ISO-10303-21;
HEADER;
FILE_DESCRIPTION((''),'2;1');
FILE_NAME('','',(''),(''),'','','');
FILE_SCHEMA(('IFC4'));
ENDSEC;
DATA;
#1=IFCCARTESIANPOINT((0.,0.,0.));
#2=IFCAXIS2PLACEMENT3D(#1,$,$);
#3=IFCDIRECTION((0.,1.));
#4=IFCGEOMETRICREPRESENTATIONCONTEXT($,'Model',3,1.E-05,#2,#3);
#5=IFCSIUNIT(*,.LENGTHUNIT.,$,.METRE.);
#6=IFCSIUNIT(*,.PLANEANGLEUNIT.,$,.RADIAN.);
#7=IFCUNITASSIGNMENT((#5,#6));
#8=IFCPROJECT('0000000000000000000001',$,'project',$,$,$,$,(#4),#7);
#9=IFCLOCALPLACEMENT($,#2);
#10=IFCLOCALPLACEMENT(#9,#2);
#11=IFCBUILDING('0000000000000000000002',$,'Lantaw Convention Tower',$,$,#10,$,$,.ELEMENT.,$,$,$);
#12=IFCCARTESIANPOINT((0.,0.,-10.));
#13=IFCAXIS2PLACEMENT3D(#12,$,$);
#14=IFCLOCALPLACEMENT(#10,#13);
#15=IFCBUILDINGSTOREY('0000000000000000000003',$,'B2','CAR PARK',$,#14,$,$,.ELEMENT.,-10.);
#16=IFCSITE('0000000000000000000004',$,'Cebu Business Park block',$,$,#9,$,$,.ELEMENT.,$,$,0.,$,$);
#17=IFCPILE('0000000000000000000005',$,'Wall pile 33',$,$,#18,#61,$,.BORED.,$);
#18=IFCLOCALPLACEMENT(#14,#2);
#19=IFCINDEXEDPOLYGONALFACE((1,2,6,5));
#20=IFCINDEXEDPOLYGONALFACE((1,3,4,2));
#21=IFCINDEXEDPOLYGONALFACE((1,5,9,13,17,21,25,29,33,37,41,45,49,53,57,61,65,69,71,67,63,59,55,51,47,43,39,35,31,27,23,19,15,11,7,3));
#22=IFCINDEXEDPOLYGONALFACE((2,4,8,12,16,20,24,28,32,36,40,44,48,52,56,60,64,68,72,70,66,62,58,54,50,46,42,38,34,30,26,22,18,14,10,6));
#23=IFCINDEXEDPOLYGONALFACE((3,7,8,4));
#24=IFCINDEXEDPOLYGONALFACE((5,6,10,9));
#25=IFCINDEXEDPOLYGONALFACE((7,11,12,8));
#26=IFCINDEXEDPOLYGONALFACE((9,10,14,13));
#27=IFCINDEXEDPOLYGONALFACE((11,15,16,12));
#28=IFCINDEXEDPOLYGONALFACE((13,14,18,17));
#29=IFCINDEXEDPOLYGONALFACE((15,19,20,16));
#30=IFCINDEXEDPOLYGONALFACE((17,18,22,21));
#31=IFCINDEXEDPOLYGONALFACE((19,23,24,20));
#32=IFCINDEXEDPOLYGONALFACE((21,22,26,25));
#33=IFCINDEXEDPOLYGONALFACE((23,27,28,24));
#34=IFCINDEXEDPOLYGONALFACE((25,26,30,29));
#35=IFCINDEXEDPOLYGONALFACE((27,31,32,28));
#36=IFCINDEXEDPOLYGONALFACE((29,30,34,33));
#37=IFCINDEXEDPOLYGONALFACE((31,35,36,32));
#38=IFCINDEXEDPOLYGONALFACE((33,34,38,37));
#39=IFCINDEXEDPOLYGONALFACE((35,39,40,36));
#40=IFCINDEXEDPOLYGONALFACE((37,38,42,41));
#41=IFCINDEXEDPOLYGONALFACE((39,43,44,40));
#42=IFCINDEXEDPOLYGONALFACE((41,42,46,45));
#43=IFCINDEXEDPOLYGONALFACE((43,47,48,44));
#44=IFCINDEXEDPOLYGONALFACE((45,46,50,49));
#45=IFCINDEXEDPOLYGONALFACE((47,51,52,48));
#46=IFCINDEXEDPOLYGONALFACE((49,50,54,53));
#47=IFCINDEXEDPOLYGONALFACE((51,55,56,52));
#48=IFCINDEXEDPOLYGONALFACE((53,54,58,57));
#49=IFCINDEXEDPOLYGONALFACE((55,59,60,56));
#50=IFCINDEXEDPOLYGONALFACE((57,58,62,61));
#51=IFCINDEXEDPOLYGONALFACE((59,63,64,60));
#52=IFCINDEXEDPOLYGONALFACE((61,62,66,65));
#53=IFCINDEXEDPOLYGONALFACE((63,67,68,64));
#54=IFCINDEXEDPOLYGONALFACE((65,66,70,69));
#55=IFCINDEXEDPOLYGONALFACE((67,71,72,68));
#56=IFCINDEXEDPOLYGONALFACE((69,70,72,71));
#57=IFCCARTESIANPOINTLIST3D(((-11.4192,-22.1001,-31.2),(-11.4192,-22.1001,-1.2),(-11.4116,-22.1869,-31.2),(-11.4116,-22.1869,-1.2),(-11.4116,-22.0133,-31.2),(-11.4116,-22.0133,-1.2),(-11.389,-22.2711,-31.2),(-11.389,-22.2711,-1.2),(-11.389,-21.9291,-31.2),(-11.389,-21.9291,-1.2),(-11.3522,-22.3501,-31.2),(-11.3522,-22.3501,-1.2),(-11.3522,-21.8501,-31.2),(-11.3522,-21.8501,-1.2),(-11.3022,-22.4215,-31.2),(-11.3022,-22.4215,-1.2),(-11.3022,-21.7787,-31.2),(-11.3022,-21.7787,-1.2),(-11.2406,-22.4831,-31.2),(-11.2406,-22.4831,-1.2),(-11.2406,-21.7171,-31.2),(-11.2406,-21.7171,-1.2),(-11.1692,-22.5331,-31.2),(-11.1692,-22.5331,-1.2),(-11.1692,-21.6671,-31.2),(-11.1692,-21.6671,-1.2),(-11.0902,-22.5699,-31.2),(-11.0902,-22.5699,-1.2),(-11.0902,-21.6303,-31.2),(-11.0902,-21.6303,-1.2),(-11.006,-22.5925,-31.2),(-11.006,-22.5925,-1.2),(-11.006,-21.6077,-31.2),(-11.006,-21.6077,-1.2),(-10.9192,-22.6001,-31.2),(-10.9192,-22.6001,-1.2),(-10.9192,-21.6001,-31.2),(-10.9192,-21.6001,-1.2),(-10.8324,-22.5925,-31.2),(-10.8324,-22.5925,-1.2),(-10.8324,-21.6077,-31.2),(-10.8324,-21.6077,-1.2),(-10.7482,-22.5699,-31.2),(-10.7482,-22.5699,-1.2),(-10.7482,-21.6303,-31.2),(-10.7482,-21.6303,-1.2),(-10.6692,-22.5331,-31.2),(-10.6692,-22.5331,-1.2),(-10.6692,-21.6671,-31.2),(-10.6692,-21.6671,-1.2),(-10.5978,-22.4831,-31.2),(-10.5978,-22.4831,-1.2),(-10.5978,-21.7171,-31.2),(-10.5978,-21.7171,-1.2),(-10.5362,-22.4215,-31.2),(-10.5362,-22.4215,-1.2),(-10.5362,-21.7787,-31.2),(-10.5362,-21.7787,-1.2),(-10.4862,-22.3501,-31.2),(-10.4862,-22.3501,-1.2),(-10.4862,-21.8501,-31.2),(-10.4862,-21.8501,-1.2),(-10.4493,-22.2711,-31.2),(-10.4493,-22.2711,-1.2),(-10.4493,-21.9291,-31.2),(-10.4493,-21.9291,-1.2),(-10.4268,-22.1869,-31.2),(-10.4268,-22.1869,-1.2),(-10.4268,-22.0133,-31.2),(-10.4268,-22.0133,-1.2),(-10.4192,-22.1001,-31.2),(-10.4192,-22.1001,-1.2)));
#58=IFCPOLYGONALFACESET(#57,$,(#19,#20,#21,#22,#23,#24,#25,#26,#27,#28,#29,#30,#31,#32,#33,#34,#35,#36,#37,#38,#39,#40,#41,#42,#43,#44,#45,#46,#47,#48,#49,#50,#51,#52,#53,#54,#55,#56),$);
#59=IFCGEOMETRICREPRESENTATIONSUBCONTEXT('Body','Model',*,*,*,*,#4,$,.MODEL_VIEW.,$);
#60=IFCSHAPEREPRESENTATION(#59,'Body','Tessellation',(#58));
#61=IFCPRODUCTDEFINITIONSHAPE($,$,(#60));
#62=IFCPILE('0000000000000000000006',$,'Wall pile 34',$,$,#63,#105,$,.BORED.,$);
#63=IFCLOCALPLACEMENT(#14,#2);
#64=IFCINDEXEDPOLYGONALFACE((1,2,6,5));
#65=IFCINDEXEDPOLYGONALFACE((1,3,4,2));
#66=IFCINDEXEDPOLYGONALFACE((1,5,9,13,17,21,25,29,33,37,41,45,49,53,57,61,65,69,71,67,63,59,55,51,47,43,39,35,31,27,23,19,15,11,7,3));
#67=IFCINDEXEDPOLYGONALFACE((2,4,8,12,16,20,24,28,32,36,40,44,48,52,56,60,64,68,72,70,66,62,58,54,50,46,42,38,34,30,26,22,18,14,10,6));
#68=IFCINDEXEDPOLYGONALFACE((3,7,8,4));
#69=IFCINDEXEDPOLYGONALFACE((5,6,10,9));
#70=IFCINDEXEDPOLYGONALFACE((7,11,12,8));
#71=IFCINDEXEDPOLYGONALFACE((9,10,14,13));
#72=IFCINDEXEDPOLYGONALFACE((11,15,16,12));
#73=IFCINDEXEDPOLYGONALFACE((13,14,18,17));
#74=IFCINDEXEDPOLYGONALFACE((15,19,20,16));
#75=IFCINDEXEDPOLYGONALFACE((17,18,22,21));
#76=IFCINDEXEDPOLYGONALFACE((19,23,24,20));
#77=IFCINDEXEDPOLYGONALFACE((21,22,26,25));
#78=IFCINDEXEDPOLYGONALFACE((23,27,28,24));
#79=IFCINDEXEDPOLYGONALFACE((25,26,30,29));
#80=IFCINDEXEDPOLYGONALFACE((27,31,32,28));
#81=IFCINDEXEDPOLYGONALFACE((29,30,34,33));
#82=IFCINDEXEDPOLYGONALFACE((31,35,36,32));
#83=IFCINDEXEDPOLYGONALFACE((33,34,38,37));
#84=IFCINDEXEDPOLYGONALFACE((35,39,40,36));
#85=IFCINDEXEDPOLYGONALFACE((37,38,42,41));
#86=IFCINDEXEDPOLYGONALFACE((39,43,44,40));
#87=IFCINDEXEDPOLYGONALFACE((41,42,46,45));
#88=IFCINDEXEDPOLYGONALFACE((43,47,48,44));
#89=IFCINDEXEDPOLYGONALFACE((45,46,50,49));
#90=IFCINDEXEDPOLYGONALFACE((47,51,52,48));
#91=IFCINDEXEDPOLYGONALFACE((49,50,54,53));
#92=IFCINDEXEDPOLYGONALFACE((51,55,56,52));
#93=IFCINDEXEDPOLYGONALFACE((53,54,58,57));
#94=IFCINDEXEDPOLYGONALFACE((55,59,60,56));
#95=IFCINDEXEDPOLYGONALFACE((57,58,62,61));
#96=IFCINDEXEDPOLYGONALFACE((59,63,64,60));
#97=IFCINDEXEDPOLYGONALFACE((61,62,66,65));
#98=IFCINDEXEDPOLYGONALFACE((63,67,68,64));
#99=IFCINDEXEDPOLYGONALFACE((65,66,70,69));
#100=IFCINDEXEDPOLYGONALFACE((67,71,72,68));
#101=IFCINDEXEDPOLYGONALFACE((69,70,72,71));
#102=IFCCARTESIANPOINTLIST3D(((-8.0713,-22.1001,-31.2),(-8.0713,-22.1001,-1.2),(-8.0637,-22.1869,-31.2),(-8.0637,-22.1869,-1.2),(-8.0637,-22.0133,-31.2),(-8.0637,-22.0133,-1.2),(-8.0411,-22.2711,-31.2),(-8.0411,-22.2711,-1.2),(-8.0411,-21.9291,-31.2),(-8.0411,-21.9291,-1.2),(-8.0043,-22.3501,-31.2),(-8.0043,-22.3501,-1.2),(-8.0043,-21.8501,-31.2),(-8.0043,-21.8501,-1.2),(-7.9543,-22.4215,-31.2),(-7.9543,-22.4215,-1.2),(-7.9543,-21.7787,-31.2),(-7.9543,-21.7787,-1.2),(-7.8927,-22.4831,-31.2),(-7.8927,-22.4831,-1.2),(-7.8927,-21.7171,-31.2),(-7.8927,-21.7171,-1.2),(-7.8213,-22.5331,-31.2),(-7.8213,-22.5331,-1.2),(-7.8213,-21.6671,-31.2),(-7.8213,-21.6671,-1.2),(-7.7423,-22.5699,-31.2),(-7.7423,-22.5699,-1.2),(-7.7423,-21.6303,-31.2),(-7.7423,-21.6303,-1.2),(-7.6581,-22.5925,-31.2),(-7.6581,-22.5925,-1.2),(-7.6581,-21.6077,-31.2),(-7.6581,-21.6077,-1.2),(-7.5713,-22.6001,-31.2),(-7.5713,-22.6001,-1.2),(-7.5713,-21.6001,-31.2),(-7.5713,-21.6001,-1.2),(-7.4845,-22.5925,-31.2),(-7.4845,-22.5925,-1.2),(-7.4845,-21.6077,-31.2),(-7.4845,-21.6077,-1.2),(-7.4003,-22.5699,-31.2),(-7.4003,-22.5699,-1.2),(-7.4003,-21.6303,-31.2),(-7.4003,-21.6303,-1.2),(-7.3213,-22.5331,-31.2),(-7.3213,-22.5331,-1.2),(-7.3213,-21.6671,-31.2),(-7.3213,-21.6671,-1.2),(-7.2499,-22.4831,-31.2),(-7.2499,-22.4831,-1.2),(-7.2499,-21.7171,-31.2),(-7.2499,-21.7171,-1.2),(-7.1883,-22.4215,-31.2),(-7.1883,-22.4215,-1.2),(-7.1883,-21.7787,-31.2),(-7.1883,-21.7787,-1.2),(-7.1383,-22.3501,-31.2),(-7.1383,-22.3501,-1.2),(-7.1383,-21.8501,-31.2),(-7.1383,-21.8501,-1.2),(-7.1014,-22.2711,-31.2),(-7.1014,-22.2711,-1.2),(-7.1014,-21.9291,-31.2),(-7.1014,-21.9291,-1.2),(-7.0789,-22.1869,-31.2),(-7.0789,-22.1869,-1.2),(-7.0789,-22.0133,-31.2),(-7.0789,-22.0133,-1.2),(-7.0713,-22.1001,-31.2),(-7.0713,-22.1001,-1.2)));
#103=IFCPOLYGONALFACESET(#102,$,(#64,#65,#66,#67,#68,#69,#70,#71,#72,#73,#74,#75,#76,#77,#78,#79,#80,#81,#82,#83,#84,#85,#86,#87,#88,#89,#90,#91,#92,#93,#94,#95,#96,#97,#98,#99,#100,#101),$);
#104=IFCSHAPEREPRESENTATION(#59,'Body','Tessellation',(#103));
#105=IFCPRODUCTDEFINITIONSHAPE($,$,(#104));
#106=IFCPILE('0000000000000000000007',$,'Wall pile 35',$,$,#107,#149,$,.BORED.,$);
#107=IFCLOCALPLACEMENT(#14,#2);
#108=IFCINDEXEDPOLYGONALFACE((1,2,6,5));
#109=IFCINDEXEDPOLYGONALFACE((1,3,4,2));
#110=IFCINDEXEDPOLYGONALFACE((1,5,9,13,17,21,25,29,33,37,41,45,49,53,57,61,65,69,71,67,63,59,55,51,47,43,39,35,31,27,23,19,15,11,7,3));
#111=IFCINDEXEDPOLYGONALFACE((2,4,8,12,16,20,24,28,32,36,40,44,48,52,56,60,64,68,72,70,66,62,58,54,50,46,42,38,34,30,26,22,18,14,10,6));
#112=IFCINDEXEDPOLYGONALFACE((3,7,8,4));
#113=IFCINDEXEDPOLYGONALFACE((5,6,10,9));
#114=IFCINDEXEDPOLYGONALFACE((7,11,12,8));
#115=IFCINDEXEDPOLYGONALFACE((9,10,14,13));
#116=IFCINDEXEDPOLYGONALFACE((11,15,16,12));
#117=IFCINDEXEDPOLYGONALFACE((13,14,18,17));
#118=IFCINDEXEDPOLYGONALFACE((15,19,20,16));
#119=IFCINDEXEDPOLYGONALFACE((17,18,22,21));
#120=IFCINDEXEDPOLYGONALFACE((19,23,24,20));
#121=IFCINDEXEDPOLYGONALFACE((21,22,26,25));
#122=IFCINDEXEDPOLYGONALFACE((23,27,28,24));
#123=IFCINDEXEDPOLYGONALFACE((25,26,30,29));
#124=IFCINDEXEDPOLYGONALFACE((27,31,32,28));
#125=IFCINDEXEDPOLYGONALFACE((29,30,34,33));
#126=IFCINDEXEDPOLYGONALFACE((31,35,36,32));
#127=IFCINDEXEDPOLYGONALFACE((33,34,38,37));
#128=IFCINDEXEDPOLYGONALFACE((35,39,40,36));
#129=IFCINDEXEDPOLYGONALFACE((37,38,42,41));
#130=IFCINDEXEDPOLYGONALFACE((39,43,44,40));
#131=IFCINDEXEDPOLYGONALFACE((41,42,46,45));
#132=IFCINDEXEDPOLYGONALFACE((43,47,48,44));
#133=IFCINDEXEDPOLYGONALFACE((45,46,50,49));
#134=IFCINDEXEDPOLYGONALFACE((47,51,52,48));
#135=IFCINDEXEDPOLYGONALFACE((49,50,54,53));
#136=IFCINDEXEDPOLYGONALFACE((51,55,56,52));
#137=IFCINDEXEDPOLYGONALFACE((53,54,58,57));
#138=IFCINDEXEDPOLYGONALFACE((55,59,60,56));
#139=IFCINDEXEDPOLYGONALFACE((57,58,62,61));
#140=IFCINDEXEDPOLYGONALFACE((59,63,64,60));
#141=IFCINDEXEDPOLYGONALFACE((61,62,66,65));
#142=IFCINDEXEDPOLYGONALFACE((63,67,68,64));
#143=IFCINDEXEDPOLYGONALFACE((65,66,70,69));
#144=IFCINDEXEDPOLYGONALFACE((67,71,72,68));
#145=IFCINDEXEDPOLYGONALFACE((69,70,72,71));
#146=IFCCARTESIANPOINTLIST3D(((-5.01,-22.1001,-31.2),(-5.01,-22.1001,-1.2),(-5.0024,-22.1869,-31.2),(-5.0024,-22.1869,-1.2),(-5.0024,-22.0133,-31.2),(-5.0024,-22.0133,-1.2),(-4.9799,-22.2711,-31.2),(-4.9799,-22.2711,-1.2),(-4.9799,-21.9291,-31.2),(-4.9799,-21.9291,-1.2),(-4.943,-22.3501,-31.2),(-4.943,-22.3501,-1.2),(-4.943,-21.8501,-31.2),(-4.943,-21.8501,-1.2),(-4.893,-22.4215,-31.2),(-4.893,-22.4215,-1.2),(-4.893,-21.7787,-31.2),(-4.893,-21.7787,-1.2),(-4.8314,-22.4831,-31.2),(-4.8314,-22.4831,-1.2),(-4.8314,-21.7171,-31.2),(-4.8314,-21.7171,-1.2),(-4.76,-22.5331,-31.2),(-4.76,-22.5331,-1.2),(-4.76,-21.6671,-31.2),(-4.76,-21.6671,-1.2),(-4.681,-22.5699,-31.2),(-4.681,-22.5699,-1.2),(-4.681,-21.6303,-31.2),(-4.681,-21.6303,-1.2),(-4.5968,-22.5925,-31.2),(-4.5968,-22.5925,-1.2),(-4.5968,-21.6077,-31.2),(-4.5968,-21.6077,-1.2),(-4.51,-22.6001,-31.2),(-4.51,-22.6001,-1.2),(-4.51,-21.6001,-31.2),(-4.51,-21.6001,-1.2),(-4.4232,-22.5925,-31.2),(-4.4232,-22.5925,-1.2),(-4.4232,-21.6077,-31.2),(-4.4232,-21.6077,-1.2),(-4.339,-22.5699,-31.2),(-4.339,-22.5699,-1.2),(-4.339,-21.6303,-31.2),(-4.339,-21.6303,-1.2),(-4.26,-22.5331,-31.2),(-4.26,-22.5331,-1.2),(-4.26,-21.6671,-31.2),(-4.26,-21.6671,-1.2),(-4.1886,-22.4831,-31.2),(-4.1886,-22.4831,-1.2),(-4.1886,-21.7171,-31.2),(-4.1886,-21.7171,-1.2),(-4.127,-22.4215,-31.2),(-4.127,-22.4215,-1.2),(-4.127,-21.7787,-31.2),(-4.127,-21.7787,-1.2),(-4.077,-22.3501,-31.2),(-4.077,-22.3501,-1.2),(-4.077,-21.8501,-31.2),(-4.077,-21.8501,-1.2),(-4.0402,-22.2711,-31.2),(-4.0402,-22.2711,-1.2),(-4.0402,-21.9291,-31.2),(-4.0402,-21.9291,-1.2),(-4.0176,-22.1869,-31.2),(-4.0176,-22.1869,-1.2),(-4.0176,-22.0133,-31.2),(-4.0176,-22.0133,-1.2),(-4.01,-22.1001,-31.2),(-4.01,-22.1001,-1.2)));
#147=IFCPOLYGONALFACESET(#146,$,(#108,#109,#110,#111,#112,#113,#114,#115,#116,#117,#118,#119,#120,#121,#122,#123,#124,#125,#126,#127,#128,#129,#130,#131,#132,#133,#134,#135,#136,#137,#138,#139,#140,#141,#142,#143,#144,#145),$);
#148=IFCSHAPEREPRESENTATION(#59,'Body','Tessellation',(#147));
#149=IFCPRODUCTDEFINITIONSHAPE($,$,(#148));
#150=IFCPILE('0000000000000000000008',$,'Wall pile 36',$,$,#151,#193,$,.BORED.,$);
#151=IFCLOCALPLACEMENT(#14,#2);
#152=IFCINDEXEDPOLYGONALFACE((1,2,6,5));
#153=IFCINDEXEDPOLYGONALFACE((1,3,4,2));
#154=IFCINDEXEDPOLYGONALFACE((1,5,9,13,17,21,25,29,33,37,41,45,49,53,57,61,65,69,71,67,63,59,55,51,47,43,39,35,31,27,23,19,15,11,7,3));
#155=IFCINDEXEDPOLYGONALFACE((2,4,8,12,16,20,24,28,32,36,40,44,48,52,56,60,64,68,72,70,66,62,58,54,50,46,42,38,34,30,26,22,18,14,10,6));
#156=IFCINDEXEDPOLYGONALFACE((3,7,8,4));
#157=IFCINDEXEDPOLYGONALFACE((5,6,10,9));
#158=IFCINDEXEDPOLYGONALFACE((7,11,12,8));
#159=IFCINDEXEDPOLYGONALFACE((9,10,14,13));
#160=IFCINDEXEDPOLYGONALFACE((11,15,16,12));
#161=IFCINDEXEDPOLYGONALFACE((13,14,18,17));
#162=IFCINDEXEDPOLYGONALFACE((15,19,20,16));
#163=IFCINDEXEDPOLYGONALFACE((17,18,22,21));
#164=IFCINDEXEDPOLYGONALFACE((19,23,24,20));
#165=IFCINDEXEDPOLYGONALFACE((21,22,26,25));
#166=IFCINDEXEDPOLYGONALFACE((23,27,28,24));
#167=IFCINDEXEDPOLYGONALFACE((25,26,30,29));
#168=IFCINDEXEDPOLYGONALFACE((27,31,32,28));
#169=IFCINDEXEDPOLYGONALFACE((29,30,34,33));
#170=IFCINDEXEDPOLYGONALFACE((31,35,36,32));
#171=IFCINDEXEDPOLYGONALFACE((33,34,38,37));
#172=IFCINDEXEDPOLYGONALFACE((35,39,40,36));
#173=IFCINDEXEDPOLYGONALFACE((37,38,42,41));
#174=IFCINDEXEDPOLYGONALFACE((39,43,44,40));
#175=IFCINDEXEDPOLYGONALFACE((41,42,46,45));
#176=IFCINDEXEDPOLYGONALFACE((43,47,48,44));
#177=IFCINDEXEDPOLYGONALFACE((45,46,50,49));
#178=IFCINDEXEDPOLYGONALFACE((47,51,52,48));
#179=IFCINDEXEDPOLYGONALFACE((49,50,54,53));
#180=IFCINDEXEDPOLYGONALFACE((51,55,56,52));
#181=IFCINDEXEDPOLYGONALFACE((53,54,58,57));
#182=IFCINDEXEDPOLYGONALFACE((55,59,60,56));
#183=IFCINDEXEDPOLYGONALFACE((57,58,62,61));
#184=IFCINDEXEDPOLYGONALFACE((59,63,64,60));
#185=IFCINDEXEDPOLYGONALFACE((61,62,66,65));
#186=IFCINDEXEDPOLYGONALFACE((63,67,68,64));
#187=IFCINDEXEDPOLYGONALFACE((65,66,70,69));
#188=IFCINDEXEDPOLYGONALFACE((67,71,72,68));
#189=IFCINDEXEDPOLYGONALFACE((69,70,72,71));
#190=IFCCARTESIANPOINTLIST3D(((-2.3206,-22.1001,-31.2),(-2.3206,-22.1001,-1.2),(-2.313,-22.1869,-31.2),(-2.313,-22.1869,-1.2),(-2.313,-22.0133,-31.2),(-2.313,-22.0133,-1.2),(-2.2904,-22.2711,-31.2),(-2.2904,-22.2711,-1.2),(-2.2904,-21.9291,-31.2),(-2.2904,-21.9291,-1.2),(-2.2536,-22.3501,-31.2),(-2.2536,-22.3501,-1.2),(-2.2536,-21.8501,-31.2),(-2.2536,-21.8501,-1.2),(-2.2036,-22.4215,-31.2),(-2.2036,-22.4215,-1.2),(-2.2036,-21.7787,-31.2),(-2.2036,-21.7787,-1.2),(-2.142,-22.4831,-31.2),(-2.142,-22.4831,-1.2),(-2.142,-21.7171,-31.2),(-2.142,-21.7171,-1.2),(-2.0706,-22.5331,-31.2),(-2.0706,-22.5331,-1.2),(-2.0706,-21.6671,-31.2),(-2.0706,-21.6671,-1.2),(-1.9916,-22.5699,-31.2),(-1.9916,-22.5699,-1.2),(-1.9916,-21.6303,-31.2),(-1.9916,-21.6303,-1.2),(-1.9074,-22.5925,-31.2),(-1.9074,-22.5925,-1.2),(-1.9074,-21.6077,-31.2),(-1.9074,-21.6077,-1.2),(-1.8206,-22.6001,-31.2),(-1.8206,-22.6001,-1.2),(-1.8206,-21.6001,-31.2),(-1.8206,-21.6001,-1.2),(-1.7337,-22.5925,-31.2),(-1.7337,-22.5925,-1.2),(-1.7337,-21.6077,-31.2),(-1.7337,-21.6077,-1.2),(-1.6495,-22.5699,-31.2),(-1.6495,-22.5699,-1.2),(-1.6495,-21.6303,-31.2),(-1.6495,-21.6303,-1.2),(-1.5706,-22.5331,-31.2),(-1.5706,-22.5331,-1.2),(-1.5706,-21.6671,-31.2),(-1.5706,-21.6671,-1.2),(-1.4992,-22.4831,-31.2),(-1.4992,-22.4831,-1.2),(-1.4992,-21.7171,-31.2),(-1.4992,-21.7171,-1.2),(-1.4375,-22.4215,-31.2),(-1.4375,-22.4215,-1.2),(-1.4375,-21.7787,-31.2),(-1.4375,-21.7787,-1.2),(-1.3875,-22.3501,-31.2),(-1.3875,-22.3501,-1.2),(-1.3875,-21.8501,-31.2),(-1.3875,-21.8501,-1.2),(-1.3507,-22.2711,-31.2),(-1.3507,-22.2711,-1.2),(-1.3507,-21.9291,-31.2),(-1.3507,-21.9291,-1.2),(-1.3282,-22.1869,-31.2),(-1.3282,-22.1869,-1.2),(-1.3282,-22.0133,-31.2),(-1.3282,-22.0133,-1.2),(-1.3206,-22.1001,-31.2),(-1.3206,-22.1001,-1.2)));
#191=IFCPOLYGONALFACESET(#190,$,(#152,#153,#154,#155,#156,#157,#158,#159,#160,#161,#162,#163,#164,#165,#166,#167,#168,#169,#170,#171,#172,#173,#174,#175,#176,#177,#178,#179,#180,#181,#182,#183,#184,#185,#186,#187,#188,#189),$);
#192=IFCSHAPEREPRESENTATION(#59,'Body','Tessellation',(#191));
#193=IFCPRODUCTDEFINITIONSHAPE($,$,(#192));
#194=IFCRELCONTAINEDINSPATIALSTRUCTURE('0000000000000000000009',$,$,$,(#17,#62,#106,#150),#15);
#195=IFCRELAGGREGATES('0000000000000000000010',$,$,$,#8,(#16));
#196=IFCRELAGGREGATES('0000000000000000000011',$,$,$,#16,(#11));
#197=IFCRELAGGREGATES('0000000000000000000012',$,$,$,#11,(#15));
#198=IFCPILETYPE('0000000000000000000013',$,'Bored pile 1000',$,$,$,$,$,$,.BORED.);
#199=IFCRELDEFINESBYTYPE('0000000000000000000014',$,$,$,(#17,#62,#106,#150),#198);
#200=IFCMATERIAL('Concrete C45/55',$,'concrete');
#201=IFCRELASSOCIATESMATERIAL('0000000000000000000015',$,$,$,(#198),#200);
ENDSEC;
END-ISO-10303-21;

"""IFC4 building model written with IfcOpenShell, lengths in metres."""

from ifc_helpers import new_model, si_unit, direction, frame, origin, origin_2d, place, context, subcontext, project, spatial, circle, extrude, material, material_profile, profile_set, type_object, element, save


model = new_model("IFC4")

# Units and contexts
model_context = context("Model", 3, precision=1e-05, world=origin(), true_north=direction((0.0, 1.0)))
body_context = subcontext(model_context, "Body", "Model", "MODEL_VIEW")
ifc_project = project(units=[si_unit("LENGTHUNIT", "METRE"), si_unit("PLANEANGLEUNIT", "RADIAN")], contexts=[model_context])

# Site, building, storey
site_placement = place(None, origin())
site = spatial("IfcSite", under=ifc_project, at=site_placement, Name="Cebu Business Park block", CompositionType="ELEMENT", RefElevation=0.0)
building_placement = place(site_placement, origin())
building = spatial("IfcBuilding", under=site, at=building_placement, Name="Lantaw Convention Tower", CompositionType="ELEMENT")
storey_placement = place(building_placement, frame((0.0, 0.0, -10.0)))
storey = spatial("IfcBuildingStorey", under=building, at=storey_placement, Name="B2", Description="CAR PARK", CompositionType="ELEMENT", Elevation=-10.0)

# Piles
ifc_material_1 = material(Name="Concrete C45/55", Category="concrete")
ifc_material_profile_1 = material_profile(ifc_material_1, circle(Radius=0.5, at=origin_2d()), Name="Bored pile 1000")
ifc_profile_set_1 = profile_set([ifc_material_profile_1], Name="Concrete C45/55")
pile_type_1 = type_object("IfcPileType", Name="Bored pile 1000", PredefinedType="BORED", material=ifc_profile_set_1)
for number, where, z_axis, x_axis, name in (
    (1, (-10.9192, -22.1001, -1.2), (0.0, 0.0, -1.0), (1.0, 0.0, 0.0), "Wall pile 33"),
    (2, (-7.5713, -22.1001, -1.2), (0.0, 0.0, -1.0), (1.0, 0.0, 0.0), "Wall pile 34"),
    (3, (-4.51, -22.1001, -1.2), (0.0, 0.0, -1.0), (1.0, 0.0, 0.0), "Wall pile 35"),
    (4, (-1.8206, -22.1001, -1.2), (0.0, 0.0, -1.0), (1.0, 0.0, 0.0), "Wall pile 36"),
):
    element("IfcPile", number, at=place(storey_placement, frame(where, z_axis=z_axis, x_axis=x_axis)), inside=storey, type_object=pile_type_1, Name=name, PredefinedType="BORED", context=body_context, shape_type="SweptSolid", body=[
        extrude(circle(Radius=0.5, at=origin_2d()), origin(), (0.0, 0.0, 1.0), 30.0),
    ])

save(model, "model.ifc")
